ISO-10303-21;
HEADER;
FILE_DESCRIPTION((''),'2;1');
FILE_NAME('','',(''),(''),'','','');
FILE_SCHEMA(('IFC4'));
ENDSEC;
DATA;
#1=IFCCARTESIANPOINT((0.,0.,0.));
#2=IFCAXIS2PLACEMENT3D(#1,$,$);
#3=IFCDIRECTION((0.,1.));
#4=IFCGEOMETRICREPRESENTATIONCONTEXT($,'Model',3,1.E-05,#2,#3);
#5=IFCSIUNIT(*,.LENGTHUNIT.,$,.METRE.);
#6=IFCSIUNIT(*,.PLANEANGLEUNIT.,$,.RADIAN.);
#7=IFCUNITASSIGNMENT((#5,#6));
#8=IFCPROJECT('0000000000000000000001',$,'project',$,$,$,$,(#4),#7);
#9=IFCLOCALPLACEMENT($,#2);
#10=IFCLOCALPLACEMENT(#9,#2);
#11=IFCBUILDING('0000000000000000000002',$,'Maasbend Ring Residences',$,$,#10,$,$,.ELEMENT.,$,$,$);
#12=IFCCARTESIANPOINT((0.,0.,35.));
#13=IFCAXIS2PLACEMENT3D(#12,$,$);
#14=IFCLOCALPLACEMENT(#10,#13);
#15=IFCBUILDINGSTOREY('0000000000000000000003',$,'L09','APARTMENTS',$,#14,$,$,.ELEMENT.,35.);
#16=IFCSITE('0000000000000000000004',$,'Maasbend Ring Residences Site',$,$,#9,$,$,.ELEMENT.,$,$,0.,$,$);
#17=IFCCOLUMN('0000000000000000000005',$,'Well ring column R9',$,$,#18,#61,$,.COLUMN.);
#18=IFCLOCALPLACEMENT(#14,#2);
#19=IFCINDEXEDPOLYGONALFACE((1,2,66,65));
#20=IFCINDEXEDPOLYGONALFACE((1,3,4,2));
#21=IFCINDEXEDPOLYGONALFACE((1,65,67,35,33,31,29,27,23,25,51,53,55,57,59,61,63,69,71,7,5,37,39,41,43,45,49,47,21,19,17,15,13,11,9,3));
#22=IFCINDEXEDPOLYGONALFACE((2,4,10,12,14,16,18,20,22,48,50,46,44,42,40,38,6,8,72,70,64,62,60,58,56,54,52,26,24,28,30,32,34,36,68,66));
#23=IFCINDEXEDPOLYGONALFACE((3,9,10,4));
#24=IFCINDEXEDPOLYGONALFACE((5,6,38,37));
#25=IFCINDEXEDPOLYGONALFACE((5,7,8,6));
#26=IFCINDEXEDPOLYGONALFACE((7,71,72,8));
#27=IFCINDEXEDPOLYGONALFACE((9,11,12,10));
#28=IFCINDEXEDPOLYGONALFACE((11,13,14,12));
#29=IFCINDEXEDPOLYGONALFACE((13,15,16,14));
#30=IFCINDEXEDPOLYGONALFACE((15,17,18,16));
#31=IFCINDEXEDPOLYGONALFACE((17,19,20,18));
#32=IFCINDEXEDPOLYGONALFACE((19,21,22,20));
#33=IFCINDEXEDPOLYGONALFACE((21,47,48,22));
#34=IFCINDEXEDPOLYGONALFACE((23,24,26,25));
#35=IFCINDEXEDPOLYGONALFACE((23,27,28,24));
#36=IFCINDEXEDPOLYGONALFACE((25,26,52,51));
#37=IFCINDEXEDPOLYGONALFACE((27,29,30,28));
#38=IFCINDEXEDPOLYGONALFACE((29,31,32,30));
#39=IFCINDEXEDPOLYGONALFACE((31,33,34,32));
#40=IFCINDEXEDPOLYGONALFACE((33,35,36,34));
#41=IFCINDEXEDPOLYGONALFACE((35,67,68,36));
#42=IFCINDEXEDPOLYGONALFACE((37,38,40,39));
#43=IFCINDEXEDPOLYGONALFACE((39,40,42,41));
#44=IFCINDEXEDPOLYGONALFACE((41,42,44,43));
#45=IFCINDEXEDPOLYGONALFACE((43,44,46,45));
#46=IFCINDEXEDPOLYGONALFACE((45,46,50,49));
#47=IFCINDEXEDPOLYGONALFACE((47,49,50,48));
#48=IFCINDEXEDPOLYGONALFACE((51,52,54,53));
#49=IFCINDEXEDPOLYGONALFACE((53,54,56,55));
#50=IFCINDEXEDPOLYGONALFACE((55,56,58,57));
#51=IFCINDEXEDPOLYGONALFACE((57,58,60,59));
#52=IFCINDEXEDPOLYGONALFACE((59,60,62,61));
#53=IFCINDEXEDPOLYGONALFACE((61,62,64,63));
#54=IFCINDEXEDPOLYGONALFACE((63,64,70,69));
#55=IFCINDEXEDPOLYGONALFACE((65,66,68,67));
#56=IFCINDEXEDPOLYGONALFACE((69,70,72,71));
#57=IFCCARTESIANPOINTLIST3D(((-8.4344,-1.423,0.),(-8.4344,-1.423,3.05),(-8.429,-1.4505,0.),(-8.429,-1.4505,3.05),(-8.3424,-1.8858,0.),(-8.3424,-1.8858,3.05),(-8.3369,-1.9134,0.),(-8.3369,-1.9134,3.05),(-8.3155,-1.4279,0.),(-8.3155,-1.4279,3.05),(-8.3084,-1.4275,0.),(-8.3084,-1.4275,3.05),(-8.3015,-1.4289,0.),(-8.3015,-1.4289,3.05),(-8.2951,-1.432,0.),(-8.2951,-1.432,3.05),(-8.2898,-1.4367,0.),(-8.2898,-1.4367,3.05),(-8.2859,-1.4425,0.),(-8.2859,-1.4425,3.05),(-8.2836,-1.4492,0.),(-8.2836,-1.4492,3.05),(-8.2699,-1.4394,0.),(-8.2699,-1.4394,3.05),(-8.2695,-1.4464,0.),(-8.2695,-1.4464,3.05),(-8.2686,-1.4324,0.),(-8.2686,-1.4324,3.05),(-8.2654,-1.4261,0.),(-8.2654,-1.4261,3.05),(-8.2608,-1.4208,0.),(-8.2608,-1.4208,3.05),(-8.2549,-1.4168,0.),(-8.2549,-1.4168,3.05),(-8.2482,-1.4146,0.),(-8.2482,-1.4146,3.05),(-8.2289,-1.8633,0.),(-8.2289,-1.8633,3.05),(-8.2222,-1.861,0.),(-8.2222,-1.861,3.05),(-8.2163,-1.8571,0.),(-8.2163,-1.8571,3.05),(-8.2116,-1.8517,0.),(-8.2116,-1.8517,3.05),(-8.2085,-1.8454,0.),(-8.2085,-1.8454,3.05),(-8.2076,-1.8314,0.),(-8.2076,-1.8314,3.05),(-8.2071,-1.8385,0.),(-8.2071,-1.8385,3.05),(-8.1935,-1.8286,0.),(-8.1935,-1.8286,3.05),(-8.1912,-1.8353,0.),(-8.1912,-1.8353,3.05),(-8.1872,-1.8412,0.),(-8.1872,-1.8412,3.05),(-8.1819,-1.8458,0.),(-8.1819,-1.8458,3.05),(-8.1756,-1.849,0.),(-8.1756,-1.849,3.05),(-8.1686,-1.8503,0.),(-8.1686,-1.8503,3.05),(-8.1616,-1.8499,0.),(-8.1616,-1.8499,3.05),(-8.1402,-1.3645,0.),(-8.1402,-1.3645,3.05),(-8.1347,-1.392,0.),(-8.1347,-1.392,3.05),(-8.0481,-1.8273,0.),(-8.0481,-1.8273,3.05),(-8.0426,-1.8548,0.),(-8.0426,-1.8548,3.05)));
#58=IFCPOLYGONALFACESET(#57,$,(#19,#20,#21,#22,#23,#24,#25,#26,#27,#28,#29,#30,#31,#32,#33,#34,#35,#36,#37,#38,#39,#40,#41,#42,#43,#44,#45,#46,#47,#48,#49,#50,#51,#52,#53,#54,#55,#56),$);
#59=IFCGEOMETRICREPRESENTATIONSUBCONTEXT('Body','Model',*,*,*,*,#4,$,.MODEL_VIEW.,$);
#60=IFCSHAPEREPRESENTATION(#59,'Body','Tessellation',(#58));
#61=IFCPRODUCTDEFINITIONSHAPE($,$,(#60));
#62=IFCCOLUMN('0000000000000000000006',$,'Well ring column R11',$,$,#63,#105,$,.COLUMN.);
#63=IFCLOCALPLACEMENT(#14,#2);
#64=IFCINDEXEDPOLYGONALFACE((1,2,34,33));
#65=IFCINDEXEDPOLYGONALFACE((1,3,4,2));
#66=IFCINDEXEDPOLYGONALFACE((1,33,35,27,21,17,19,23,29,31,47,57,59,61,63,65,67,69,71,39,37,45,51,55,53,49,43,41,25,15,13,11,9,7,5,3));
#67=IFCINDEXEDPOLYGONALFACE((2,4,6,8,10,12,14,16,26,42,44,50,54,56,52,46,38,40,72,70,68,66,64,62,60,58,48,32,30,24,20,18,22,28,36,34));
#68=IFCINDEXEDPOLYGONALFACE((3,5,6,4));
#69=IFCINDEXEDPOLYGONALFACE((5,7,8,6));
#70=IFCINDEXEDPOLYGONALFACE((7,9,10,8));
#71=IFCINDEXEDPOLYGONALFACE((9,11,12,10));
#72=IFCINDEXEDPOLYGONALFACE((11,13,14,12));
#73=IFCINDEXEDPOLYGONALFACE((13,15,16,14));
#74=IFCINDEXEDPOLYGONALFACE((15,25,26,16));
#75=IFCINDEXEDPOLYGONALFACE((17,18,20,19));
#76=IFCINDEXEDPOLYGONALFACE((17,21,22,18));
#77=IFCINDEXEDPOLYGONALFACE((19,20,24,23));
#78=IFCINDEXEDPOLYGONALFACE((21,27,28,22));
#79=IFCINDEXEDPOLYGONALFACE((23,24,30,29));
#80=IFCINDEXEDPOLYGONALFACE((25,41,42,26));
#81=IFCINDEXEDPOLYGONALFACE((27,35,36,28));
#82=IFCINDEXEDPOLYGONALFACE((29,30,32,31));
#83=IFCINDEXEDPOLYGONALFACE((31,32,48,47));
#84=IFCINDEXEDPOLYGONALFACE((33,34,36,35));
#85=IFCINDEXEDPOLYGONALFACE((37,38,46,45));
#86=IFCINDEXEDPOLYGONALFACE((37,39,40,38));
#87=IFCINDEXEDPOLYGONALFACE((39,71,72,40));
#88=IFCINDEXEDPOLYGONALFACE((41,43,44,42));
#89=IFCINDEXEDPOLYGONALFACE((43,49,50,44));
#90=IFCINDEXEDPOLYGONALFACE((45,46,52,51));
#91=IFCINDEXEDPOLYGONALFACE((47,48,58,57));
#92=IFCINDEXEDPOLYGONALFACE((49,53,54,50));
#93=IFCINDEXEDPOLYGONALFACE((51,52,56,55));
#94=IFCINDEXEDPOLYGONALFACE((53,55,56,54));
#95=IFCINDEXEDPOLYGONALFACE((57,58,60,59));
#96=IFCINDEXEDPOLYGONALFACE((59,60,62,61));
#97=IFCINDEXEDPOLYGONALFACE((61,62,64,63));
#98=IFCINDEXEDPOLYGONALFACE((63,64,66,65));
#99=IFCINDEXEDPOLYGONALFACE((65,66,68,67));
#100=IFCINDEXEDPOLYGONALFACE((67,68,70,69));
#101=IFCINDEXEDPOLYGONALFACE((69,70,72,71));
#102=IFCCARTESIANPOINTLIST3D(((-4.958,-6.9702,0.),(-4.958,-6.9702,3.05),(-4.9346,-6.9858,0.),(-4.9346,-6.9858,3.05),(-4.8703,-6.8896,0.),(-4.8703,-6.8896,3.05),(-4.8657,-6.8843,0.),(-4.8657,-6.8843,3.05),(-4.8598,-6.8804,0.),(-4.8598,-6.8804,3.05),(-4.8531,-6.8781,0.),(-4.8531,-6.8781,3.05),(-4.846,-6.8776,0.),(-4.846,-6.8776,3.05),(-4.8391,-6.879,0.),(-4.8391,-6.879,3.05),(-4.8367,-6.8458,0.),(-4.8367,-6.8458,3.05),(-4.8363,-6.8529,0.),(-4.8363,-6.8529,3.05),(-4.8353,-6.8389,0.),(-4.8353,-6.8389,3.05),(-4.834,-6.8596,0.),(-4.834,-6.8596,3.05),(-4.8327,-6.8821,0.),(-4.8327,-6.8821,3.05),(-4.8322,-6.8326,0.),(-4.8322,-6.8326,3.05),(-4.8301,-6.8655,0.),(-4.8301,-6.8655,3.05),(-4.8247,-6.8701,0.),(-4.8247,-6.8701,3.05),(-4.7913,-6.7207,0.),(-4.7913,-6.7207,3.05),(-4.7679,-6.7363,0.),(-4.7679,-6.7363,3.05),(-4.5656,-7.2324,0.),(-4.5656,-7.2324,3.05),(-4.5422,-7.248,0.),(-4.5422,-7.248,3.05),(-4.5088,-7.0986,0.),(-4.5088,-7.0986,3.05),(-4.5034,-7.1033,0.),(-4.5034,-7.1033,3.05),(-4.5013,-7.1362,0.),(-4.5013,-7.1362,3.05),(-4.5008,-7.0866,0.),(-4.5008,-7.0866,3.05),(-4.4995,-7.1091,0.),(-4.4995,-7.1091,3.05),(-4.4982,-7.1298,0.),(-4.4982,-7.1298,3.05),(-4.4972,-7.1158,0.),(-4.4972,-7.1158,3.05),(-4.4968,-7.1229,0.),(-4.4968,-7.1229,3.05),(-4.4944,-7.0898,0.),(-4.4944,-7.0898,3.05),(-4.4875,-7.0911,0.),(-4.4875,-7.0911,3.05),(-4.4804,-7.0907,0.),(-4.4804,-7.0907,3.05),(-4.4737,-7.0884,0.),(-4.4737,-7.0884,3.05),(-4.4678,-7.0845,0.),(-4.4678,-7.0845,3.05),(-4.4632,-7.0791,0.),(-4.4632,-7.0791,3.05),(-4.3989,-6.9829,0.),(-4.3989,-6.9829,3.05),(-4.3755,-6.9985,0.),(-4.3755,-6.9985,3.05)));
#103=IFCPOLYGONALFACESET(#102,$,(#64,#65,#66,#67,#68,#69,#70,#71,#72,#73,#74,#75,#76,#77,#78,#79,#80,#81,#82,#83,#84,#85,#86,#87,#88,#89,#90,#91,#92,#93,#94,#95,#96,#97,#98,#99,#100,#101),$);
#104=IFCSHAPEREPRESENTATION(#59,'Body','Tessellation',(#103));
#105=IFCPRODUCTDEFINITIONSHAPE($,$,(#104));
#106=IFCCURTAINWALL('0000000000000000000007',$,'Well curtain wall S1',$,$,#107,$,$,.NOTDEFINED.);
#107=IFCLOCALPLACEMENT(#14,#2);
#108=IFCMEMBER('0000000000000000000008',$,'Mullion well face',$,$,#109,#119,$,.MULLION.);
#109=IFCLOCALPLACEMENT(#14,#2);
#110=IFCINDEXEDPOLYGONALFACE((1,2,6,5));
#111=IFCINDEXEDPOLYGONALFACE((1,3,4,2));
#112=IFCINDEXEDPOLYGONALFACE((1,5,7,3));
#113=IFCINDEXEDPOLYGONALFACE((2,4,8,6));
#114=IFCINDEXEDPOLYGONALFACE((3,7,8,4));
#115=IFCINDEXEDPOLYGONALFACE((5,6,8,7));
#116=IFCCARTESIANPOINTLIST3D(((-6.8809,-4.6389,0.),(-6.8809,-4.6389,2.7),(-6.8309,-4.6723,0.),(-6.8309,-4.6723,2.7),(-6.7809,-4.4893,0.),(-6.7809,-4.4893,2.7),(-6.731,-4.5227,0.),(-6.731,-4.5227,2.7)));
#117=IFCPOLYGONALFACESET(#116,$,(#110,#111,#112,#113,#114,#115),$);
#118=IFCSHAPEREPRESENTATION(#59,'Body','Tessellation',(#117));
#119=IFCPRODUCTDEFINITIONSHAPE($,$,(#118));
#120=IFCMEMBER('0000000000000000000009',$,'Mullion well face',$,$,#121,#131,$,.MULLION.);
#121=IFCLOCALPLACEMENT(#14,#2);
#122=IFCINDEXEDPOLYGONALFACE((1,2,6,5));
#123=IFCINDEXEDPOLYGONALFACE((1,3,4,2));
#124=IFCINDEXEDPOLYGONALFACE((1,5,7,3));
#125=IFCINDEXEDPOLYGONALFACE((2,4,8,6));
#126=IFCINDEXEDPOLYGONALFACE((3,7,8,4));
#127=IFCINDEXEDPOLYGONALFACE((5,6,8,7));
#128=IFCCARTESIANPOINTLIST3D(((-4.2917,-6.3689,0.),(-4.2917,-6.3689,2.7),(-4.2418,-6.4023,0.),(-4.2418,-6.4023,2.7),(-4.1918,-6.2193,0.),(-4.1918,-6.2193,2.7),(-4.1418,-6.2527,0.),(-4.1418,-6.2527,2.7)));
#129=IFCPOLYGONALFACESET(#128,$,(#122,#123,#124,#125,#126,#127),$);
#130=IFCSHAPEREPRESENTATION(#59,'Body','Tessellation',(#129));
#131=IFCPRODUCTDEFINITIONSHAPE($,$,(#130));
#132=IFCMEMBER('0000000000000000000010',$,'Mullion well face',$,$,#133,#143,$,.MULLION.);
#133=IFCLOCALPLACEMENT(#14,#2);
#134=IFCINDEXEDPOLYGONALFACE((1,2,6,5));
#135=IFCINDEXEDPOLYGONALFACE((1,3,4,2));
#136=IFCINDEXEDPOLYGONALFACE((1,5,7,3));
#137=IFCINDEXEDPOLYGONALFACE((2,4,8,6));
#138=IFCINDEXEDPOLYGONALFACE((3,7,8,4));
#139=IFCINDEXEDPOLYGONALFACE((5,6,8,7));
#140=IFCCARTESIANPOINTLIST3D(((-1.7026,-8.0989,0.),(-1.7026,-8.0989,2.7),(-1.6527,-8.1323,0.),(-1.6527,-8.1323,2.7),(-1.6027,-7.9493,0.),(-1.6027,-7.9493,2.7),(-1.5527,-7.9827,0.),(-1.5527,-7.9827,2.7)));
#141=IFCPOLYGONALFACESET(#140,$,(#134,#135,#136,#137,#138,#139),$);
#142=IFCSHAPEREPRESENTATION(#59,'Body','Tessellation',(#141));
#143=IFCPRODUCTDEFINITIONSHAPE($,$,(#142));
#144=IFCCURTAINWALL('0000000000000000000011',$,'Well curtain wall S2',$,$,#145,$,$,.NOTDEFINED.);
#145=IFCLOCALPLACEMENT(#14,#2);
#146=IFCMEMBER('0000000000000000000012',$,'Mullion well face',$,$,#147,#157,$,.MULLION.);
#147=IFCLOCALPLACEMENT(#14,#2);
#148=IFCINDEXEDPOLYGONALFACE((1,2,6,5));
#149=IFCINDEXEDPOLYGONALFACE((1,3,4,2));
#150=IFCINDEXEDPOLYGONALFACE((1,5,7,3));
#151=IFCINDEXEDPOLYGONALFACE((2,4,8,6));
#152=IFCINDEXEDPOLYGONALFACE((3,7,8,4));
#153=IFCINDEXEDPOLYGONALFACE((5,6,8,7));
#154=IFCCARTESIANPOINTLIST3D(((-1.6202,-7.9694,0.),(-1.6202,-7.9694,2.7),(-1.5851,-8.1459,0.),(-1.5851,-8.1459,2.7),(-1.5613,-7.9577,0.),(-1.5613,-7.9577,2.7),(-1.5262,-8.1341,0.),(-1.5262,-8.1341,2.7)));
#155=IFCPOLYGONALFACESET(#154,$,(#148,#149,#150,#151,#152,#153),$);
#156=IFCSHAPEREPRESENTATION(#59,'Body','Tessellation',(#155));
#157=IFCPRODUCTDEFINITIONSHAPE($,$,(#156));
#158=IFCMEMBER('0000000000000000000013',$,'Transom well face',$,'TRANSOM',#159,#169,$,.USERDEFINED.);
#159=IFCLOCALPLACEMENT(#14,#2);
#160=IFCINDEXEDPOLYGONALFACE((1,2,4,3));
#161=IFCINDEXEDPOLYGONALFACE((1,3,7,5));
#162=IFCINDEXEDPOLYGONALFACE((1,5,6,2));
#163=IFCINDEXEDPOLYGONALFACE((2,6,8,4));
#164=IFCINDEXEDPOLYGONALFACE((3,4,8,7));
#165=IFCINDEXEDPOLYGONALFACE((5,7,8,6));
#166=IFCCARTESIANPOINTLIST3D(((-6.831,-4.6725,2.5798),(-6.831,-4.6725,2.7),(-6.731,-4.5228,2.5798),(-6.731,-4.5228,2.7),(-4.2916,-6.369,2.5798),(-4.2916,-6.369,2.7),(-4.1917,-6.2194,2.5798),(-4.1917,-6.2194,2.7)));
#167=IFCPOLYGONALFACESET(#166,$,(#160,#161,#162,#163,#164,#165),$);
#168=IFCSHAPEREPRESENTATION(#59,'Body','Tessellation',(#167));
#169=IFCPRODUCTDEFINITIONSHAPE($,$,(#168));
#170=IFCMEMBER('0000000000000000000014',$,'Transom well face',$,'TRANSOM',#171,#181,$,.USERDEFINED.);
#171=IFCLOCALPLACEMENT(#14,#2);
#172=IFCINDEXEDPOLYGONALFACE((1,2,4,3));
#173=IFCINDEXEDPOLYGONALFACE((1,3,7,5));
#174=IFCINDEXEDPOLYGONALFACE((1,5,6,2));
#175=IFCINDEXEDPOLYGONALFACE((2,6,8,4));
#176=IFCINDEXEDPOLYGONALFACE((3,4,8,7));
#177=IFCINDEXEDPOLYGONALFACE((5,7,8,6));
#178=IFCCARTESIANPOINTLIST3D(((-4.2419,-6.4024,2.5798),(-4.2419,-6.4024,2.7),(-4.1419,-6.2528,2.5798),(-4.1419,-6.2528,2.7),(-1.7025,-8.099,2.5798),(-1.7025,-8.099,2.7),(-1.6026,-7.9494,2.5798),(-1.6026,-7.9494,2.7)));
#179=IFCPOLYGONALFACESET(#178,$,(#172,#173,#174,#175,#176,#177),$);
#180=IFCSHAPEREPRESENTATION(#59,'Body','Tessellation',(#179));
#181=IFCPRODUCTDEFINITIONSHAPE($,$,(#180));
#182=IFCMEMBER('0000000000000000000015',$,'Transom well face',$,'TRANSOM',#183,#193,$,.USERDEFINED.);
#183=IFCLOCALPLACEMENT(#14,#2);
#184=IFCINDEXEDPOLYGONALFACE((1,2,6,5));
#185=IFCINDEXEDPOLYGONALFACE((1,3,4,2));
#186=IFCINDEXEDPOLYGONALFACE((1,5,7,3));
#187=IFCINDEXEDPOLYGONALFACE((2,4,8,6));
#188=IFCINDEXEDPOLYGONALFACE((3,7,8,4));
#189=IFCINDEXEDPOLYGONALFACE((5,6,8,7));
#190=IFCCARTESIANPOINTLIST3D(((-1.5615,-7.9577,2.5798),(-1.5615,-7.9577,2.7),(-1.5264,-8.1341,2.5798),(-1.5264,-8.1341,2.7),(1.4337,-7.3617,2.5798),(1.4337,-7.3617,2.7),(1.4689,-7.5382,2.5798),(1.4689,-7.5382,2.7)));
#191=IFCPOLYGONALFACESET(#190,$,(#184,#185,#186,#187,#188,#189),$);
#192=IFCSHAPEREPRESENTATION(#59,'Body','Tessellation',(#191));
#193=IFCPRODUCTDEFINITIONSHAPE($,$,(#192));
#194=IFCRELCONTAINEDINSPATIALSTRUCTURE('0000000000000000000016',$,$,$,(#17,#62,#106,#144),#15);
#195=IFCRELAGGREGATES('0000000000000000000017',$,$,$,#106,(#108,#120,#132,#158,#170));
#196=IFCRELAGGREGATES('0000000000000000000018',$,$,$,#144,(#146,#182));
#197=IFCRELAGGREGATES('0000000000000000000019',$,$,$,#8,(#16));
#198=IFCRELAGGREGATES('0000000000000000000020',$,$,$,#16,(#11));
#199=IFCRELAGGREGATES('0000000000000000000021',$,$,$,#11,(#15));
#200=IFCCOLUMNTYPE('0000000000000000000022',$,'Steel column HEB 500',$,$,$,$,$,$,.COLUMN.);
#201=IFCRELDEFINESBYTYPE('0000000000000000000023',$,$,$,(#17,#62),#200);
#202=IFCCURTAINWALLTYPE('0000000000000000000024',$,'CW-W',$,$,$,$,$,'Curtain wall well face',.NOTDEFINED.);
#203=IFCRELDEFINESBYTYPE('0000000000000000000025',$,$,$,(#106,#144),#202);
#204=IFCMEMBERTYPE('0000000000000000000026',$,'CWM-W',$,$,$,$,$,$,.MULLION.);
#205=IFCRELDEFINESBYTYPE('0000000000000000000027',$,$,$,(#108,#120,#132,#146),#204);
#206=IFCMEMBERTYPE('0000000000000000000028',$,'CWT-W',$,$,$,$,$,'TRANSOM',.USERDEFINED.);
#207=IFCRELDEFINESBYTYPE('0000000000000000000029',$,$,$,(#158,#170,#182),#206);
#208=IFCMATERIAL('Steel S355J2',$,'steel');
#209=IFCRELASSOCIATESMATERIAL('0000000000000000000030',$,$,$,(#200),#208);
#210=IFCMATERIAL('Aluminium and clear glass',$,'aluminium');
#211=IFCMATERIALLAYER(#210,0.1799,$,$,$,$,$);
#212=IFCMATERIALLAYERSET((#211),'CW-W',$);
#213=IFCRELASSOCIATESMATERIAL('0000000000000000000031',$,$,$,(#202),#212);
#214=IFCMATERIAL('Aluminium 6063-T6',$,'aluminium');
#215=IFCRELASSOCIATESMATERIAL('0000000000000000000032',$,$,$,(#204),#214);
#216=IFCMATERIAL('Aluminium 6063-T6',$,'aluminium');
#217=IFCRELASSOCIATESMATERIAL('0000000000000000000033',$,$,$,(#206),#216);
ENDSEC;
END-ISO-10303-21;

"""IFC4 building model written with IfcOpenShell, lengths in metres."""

from ifc_helpers import new_model, si_unit, direction, frame, origin, origin_2d, place, context, subcontext, project, spatial, rectangle, i_section, extrude, material, layer, layer_set, material_profile, profile_set, type_object, element, aggregate, save


model = new_model("IFC4")

# Units and contexts
model_context = context("Model", 3, precision=1e-05, world=origin(), true_north=direction((0.0, 1.0)))
body_context = subcontext(model_context, "Body", "Model", "MODEL_VIEW")
ifc_project = project(units=[si_unit("LENGTHUNIT", "METRE"), si_unit("PLANEANGLEUNIT", "RADIAN")], contexts=[model_context])

# Site, building, storey
site_placement = place(None, origin())
site = spatial("IfcSite", under=ifc_project, at=site_placement, Name="Maasbend Ring Residences Site", CompositionType="ELEMENT", RefElevation=0.0)
building_placement = place(site_placement, origin())
building = spatial("IfcBuilding", under=site, at=building_placement, Name="Maasbend Ring Residences", CompositionType="ELEMENT")
storey_placement = place(building_placement, frame((0.0, 0.0, 35.0)))
storey = spatial("IfcBuildingStorey", under=building, at=storey_placement, Name="L09", Description="APARTMENTS", CompositionType="ELEMENT", Elevation=35.0)

# Columns
ifc_material_1 = material(Name="Steel S355J2", Category="steel")
ifc_material_profile_1 = material_profile(ifc_material_1, i_section(OverallWidth=0.3, OverallDepth=0.5, WebThickness=0.0144, FlangeThickness=0.0281, FilletRadius=0.0271, at=origin_2d()), Name="HEB 500")
ifc_profile_set_1 = profile_set([ifc_material_profile_1], Name="Steel S355J2")
column_type = type_object("IfcColumnType", Name="Steel column HEB 500", PredefinedType="COLUMN", material=ifc_profile_set_1)
for number, where, z_axis, x_axis, name in (
    (1, (-8.2385, -1.6389, 0.0), (0.0, 0.0, 1.0), (-0.980785, -0.19509, 0.0), "Well ring column R9"),
    (2, (-4.6667, -6.9844, 0.0), (0.0, 0.0, 1.0), (-0.55557, -0.83147, 0.0), "Well ring column R11"),
):
    element("IfcColumn", number, at=place(storey_placement, frame(where, z_axis=z_axis, x_axis=x_axis)), inside=storey, type_object=column_type, Name=name, PredefinedType="COLUMN", context=body_context, shape_type="SweptSolid", body=[
        extrude(i_section(OverallWidth=0.3, OverallDepth=0.5, WebThickness=0.0144, FlangeThickness=0.0281, FilletRadius=0.0271, at=origin_2d()), origin(), (0.0, 0.0, 1.0), 3.05),
    ])

# Curtain wall, members
ifc_material_2 = material(Name="Aluminium and clear glass", Category="aluminium")
ifc_layer_1 = layer(ifc_material_2, 0.1799)
ifc_layer_set_1 = layer_set([ifc_layer_1], Name="CW-W")
curtain_wall_type = type_object("IfcCurtainWallType", Name="CW-W", ElementType="Curtain wall well face", PredefinedType="NOTDEFINED", material=ifc_layer_set_1)
curtain_wall_1_placement = place(storey_placement, origin())
curtain_wall_1 = element("IfcCurtainWall", 3, at=curtain_wall_1_placement, inside=storey, type_object=curtain_wall_type, Name="Well curtain wall S1", PredefinedType="NOTDEFINED")
ifc_material_3 = material(Name="Aluminium 6063-T6", Category="aluminium")
ifc_material_profile_2 = material_profile(ifc_material_3, rectangle(XDim=0.1799, YDim=0.0601, at=origin_2d()), Name="AL 180x60")
ifc_profile_set_2 = profile_set([ifc_material_profile_2], Name="Aluminium 6063-T6")
member_type_1 = type_object("IfcMemberType", Name="CWM-W", PredefinedType="MULLION", material=ifc_profile_set_2)
member_1_placement = place(storey_placement, frame((-6.8059, -4.5808, 0.0), z_axis=(0.0, 0.0, 1.0), x_axis=(0.55557, 0.83147, 0.0)))
member_1 = element("IfcMember", 4, at=member_1_placement, type_object=member_type_1, Name="Mullion well face", PredefinedType="MULLION", context=body_context, shape_type="SweptSolid", body=[
    extrude(rectangle(XDim=0.1799, YDim=0.0601, at=origin_2d()), origin(), (0.0, 0.0, 1.0), 2.7),
])
member_2_placement = place(storey_placement, frame((-4.2168, -6.3108, 0.0), z_axis=(0.0, 0.0, 1.0), x_axis=(0.55557, 0.83147, 0.0)))
member_2 = element("IfcMember", 5, at=member_2_placement, type_object=member_type_1, Name="Mullion well face", PredefinedType="MULLION", context=body_context, shape_type="SweptSolid", body=[
    extrude(rectangle(XDim=0.1799, YDim=0.0601, at=origin_2d()), origin(), (0.0, 0.0, 1.0), 2.7),
])
member_3_placement = place(storey_placement, frame((-1.6277, -8.0408, 0.0), z_axis=(0.0, 0.0, 1.0), x_axis=(0.55557, 0.83147, 0.0)))
member_3 = element("IfcMember", 6, at=member_3_placement, type_object=member_type_1, Name="Mullion well face", PredefinedType="MULLION", context=body_context, shape_type="SweptSolid", body=[
    extrude(rectangle(XDim=0.1799, YDim=0.0601, at=origin_2d()), origin(), (0.0, 0.0, 1.0), 2.7),
])

# Curtain wall, member
curtain_wall_2_placement = place(storey_placement, origin())
curtain_wall_2 = element("IfcCurtainWall", 7, at=curtain_wall_2_placement, inside=storey, type_object=curtain_wall_type, Name="Well curtain wall S2", PredefinedType="NOTDEFINED")
member_4_placement = place(storey_placement, frame((-1.5732, -8.0518, 0.0), z_axis=(0.0, 0.0, 1.0), x_axis=(-0.19509, 0.980785, 0.0)))
member_4 = element("IfcMember", 8, at=member_4_placement, type_object=member_type_1, Name="Mullion well face", PredefinedType="MULLION", context=body_context, shape_type="SweptSolid", body=[
    extrude(rectangle(XDim=0.1799, YDim=0.0601, at=origin_2d()), origin(), (0.0, 0.0, 1.0), 2.7),
])

# Members
ifc_material_4 = material(Name="Aluminium 6063-T6", Category="aluminium")
ifc_material_profile_3 = material_profile(ifc_material_4, rectangle(XDim=0.1799, YDim=0.1201, at=origin_2d()), Name="AL 180x120")
ifc_profile_set_3 = profile_set([ifc_material_profile_3], Name="Aluminium 6063-T6")
member_type_2 = type_object("IfcMemberType", Name="CWT-W", ElementType="TRANSOM", PredefinedType="USERDEFINED", material=ifc_profile_set_3)
member_5_placement = place(storey_placement, frame((-6.781, -4.5977, 2.6399), z_axis=(0.831496, -0.55553, 0.0), x_axis=(0.55553, 0.831496, 0.0)))
member_5 = element("IfcMember", 9, at=member_5_placement, type_object=member_type_2, Name="Transom well face", ObjectType="TRANSOM", PredefinedType="USERDEFINED", context=body_context, shape_type="SweptSolid", body=[
    extrude(rectangle(XDim=0.1799, YDim=0.1201, at=origin_2d()), origin(), (0.0, 0.0, 1.0), 3.054),
])
member_6_placement = place(storey_placement, frame((-4.1919, -6.3276, 2.6399), z_axis=(0.831496, -0.55553, 0.0), x_axis=(0.55553, 0.831496, 0.0)))
member_6 = element("IfcMember", 10, at=member_6_placement, type_object=member_type_2, Name="Transom well face", ObjectType="TRANSOM", PredefinedType="USERDEFINED", context=body_context, shape_type="SweptSolid", body=[
    extrude(rectangle(XDim=0.1799, YDim=0.1201, at=origin_2d()), origin(), (0.0, 0.0, 1.0), 3.054),
])
member_7_placement = place(storey_placement, frame((-1.5439, -8.0459, 2.6399), z_axis=(0.980777, 0.195132, 0.0), x_axis=(-0.195132, 0.980777, 0.0)))
member_7 = element("IfcMember", 11, at=member_7_placement, type_object=member_type_2, Name="Transom well face", ObjectType="TRANSOM", PredefinedType="USERDEFINED", context=body_context, shape_type="SweptSolid", body=[
    extrude(rectangle(XDim=0.1799, YDim=0.1201, at=origin_2d()), origin(), (0.0, 0.0, 1.0), 3.054),
])

aggregate(curtain_wall_1, [member_1, member_2, member_3, member_5, member_6])
aggregate(curtain_wall_2, [member_4, member_7])

save(model, "model.ifc")
